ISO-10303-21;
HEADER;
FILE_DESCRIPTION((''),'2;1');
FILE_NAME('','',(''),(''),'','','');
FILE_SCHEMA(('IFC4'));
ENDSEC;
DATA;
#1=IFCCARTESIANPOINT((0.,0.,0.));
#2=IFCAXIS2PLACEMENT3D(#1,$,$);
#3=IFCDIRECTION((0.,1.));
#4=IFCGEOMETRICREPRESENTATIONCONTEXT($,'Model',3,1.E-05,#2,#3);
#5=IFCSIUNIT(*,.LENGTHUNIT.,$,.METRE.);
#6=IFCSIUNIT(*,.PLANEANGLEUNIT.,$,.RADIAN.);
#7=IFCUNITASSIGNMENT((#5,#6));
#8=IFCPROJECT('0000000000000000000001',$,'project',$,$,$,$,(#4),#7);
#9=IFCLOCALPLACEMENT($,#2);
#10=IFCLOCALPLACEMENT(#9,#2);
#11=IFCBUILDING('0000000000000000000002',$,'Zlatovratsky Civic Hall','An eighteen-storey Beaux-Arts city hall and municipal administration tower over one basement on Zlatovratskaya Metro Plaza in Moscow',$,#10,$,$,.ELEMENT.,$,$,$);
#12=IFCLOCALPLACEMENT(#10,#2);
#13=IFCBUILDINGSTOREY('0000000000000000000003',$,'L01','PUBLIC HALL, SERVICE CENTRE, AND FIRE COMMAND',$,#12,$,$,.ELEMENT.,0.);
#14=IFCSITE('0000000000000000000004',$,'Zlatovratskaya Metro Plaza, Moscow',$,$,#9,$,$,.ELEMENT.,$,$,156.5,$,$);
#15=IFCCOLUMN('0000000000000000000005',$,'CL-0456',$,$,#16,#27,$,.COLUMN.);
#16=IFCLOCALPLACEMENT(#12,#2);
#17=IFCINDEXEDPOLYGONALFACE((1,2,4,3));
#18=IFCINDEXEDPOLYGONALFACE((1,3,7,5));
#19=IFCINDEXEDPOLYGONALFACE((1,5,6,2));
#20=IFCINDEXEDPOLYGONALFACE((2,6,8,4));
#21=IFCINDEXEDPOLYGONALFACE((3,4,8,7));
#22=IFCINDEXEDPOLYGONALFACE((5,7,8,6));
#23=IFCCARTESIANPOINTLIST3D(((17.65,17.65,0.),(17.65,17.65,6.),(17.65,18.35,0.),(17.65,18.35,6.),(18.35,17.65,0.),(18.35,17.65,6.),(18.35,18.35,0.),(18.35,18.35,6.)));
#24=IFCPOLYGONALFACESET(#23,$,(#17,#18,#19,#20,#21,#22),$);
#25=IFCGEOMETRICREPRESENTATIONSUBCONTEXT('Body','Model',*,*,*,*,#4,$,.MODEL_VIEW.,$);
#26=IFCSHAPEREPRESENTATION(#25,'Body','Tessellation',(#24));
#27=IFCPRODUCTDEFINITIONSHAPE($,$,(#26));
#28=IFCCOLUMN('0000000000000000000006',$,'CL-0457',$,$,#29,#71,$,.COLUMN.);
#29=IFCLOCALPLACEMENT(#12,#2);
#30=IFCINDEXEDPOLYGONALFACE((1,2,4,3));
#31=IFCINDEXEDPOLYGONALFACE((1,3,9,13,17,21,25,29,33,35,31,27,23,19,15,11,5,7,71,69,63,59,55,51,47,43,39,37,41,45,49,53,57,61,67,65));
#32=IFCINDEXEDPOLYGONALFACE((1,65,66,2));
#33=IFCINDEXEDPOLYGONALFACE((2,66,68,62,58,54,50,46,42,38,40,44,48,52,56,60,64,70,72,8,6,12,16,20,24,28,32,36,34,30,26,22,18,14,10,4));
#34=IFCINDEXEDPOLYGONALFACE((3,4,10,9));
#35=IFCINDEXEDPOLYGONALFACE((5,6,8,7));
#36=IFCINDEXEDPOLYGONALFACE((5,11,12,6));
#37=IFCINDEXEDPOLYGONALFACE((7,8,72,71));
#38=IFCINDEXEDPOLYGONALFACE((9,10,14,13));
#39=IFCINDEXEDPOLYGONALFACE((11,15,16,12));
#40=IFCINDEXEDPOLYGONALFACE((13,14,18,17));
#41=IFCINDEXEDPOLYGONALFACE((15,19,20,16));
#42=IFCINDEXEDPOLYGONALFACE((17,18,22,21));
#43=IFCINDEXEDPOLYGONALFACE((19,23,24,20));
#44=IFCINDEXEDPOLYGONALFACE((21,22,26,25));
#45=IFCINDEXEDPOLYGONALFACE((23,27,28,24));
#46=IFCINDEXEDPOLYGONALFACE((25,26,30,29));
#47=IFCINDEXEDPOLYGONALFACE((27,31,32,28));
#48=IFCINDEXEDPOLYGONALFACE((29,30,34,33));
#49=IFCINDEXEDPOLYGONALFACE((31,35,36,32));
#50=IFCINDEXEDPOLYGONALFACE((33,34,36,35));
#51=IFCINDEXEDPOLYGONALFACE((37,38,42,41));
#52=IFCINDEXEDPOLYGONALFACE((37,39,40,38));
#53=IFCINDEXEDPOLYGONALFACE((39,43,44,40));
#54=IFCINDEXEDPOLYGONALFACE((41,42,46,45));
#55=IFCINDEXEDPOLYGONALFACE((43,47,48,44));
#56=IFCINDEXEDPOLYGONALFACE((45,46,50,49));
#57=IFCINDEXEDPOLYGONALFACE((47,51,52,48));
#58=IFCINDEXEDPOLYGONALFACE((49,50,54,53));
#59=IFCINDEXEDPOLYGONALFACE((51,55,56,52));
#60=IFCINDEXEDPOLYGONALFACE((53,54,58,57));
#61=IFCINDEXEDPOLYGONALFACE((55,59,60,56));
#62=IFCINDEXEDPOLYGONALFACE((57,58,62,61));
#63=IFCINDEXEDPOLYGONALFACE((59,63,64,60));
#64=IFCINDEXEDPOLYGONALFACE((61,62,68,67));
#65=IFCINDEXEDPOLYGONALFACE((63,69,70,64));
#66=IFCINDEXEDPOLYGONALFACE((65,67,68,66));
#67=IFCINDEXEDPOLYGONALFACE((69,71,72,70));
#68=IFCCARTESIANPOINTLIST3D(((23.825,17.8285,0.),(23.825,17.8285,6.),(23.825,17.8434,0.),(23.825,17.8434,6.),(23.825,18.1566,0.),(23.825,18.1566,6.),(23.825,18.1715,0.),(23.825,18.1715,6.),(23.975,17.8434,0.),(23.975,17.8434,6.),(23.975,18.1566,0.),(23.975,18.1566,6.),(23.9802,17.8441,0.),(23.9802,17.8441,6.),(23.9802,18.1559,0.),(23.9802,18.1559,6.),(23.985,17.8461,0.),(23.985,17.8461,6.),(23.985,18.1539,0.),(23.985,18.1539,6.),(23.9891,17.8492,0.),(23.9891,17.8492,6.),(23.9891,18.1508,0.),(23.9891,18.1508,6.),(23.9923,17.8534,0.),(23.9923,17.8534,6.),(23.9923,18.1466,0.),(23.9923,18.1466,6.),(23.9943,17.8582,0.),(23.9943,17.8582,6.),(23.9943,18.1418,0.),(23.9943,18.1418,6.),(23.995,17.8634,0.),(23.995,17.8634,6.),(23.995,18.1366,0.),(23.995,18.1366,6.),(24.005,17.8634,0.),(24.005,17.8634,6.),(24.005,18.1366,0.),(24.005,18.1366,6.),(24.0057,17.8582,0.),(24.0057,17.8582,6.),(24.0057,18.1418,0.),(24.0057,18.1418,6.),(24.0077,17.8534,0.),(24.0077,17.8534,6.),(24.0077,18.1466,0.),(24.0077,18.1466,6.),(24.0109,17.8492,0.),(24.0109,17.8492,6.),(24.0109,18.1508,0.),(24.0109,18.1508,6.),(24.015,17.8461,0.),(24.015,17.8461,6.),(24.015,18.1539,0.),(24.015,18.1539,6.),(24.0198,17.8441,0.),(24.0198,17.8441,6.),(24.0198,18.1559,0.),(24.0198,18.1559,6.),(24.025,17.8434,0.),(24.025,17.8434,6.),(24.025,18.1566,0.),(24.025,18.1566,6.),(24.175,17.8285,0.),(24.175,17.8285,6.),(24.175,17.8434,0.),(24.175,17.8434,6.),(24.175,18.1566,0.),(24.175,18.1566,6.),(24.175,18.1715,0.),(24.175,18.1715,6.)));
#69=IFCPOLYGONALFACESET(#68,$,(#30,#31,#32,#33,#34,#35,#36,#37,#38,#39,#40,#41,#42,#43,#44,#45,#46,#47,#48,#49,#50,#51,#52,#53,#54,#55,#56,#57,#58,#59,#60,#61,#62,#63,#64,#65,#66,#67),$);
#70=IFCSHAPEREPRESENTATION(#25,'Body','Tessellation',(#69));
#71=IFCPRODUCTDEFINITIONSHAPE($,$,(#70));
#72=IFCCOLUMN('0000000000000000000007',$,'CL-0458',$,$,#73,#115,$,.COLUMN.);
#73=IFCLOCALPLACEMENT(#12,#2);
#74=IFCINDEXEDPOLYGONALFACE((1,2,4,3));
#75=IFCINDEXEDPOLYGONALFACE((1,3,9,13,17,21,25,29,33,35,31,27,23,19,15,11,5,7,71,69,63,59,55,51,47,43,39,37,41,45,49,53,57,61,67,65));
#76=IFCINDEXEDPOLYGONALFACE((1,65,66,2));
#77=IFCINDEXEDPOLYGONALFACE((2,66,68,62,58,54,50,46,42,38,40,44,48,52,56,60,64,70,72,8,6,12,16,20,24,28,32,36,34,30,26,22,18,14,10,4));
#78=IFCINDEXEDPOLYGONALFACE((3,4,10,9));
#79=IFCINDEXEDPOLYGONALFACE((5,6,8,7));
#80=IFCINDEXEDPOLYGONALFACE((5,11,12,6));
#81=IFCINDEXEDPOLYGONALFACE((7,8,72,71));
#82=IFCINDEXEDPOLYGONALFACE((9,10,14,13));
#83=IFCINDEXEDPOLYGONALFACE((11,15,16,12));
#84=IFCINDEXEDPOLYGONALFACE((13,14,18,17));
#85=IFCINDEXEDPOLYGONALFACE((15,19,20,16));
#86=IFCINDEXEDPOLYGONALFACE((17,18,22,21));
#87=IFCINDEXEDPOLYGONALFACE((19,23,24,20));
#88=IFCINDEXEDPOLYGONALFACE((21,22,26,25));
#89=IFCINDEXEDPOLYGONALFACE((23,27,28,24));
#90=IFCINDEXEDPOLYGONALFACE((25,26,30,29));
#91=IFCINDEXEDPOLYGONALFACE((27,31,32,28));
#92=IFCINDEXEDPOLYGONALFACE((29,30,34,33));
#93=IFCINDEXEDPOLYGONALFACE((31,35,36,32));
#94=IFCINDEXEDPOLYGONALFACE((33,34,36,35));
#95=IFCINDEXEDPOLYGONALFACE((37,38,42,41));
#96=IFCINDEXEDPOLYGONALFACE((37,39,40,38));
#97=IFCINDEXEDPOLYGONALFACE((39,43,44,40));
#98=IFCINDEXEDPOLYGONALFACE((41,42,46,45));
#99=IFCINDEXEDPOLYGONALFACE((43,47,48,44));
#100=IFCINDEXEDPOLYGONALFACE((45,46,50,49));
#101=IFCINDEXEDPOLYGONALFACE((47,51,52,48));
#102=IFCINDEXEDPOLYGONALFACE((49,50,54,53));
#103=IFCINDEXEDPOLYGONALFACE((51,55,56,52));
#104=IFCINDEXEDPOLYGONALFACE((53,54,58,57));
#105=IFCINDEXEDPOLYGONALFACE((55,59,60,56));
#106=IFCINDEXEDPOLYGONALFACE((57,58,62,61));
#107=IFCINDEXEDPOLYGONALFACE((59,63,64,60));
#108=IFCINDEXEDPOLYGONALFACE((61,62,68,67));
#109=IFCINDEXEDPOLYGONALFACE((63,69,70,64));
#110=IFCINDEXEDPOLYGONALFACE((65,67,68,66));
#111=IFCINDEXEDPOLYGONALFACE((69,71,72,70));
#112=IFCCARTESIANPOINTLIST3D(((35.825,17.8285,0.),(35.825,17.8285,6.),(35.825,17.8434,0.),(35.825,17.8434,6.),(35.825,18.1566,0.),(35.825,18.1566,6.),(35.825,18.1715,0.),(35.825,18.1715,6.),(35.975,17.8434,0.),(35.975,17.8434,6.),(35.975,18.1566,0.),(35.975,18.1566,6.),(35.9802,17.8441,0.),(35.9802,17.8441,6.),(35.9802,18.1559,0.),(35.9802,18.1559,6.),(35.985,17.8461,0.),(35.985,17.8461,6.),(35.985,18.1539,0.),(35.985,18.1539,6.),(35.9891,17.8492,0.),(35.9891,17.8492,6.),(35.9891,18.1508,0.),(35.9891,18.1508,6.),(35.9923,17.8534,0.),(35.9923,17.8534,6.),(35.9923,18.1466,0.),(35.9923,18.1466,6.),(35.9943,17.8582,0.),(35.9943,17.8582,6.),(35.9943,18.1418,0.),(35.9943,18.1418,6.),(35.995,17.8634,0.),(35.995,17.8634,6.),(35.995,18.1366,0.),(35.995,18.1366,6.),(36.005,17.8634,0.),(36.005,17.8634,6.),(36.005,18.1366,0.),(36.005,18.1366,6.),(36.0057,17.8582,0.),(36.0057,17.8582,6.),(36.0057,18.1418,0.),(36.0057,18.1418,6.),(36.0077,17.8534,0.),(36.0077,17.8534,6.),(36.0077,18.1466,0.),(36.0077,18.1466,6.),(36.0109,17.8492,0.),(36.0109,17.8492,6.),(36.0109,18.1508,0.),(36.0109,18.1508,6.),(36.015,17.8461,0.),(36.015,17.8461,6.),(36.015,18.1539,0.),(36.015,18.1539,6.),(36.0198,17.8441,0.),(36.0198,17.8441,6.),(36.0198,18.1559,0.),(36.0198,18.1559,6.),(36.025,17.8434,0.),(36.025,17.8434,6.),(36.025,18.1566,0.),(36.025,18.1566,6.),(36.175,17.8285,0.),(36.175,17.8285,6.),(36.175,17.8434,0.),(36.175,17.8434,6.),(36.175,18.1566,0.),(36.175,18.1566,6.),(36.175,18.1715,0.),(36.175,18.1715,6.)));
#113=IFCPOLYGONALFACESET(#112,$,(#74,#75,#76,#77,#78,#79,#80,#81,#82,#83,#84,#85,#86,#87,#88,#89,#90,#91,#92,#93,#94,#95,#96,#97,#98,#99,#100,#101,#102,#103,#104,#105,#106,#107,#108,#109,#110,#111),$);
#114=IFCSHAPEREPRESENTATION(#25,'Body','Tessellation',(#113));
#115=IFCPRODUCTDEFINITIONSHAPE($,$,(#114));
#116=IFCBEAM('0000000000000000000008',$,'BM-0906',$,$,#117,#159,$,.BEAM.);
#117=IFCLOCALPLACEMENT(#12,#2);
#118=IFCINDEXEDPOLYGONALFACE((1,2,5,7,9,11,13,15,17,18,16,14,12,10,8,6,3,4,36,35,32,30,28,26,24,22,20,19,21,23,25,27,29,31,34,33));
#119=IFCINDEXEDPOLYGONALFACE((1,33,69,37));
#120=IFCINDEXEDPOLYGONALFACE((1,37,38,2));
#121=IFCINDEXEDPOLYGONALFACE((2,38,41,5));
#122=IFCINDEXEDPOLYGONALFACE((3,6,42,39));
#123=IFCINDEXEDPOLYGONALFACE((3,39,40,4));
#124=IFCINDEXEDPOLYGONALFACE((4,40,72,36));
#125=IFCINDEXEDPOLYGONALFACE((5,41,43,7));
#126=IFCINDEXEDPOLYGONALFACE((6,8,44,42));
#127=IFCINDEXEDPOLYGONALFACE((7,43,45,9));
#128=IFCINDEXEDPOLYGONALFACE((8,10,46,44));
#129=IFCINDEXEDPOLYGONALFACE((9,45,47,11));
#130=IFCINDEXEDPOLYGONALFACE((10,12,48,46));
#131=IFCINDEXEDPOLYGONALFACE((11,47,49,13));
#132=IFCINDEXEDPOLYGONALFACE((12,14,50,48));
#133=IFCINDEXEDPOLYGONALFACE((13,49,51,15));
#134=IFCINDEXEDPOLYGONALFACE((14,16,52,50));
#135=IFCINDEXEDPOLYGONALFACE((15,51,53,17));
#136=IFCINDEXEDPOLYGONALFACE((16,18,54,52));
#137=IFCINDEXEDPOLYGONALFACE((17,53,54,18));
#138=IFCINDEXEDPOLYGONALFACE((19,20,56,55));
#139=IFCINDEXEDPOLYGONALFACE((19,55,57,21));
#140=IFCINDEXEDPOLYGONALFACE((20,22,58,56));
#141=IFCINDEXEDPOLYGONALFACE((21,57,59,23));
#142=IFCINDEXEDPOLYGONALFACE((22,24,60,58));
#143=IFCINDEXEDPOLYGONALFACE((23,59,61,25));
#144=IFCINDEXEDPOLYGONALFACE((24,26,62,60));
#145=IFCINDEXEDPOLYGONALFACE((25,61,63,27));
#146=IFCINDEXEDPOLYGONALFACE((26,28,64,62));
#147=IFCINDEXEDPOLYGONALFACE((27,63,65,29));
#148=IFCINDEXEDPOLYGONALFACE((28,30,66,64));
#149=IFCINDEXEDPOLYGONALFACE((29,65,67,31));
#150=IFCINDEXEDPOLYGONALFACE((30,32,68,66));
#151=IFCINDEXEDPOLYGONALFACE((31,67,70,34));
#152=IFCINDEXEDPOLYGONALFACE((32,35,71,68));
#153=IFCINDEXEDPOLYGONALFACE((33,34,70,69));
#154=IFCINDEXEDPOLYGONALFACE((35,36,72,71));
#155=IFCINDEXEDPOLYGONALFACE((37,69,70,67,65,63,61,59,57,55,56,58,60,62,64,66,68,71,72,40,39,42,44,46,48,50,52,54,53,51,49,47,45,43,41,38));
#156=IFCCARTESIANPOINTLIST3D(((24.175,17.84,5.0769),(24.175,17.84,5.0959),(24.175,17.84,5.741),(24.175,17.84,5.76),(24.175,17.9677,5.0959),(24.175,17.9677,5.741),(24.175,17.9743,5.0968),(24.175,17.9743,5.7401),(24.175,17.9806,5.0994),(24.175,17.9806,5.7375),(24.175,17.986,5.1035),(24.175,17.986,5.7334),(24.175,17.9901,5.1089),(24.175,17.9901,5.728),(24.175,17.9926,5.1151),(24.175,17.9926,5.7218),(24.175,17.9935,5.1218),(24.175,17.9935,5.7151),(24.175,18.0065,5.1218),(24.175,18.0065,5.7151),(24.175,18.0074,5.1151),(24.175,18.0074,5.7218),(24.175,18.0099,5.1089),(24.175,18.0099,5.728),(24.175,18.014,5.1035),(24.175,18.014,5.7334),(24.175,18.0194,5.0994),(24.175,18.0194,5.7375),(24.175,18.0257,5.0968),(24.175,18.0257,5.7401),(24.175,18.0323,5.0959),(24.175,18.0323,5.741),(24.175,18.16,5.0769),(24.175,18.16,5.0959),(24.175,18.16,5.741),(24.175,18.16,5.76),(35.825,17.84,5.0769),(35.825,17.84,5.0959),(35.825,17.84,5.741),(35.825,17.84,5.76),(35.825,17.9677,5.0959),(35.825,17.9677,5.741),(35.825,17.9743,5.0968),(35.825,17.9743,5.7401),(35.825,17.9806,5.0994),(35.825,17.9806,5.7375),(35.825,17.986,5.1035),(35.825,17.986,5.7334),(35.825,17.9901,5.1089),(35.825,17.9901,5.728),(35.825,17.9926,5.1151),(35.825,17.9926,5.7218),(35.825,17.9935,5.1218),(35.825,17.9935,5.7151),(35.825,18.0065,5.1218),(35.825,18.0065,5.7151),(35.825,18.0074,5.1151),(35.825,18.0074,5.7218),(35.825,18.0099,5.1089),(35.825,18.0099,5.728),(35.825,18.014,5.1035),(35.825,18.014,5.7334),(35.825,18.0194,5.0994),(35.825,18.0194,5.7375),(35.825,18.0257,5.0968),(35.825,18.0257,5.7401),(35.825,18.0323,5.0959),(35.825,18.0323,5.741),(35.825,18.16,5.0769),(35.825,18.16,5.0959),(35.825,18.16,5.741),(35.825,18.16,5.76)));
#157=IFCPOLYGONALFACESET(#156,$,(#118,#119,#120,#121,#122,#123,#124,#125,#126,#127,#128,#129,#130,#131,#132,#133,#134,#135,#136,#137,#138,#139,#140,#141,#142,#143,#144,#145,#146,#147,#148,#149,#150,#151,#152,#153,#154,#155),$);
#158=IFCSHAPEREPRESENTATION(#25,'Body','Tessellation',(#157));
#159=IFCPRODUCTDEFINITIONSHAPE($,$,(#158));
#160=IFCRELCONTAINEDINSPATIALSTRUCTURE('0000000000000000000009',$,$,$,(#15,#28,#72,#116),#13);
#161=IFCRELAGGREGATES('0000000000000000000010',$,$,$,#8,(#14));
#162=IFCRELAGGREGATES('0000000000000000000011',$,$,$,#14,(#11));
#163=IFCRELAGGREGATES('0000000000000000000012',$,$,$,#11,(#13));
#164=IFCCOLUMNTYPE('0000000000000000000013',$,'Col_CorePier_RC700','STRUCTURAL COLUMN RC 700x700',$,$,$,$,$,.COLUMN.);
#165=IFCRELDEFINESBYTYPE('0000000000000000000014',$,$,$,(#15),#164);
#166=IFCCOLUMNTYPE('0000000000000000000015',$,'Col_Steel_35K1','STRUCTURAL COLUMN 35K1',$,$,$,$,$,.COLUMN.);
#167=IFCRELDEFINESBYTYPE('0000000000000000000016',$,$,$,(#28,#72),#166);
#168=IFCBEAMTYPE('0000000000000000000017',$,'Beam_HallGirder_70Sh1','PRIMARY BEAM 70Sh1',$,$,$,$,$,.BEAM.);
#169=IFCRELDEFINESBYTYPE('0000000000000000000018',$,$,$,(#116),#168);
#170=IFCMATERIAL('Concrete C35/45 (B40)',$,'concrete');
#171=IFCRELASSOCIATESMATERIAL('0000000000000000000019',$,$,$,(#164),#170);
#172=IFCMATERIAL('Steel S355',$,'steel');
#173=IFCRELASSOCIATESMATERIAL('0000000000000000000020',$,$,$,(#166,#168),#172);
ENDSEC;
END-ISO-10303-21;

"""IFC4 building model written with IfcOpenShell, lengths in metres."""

from ifc_helpers import new_model, si_unit, direction, frame, origin, origin_2d, place, context, subcontext, project, spatial, rectangle, i_section, extrude, material, material_profile, profile_set, type_object, element, save


model = new_model("IFC4")

# Units and contexts
model_context = context("Model", 3, precision=1e-05, world=origin(), true_north=direction((0.0, 1.0)))
body_context = subcontext(model_context, "Body", "Model", "MODEL_VIEW")
ifc_project = project(units=[si_unit("LENGTHUNIT", "METRE"), si_unit("PLANEANGLEUNIT", "RADIAN")], contexts=[model_context])

# Site, building, storey
site_placement = place(None, origin())
site = spatial("IfcSite", under=ifc_project, at=site_placement, Name="Zlatovratskaya Metro Plaza, Moscow", CompositionType="ELEMENT", RefElevation=156.5)
building_placement = place(site_placement, origin())
building = spatial("IfcBuilding", under=site, at=building_placement, Name="Zlatovratsky Civic Hall", Description="An eighteen-storey Beaux-Arts city hall and municipal administration tower over one basement on Zlatovratskaya Metro Plaza in Moscow", CompositionType="ELEMENT")
storey_placement = place(building_placement, origin())
storey = spatial("IfcBuildingStorey", under=building, at=storey_placement, Name="L01", Description="PUBLIC HALL, SERVICE CENTRE, AND FIRE COMMAND", CompositionType="ELEMENT", Elevation=0.0)

# Columns
ifc_material_1 = material(Name="Concrete C35/45 (B40)", Category="concrete")
ifc_material_profile_1 = material_profile(ifc_material_1, rectangle(XDim=0.7, YDim=0.7, at=origin_2d()), Name="RC 700x700")
ifc_profile_set_1 = profile_set([ifc_material_profile_1], Name="Concrete C35/45 (B40)")
column_type_1 = type_object("IfcColumnType", Name="Col_CorePier_RC700", Description="STRUCTURAL COLUMN RC 700x700", PredefinedType="COLUMN", material=ifc_profile_set_1)
column_placement = place(storey_placement, frame((18.0, 18.0, 0.0), z_axis=(0.0, 0.0, 1.0), x_axis=(1.0, 0.0, 0.0)))
element("IfcColumn", 1, at=column_placement, inside=storey, type_object=column_type_1, Name="CL-0456", PredefinedType="COLUMN", context=body_context, shape_type="SweptSolid", body=[
    extrude(rectangle(XDim=0.7, YDim=0.7, at=origin_2d()), origin(), (0.0, 0.0, 1.0), 6.0),
])
ifc_material_2 = material(Name="Steel S355", Category="steel")
ifc_material_profile_2 = material_profile(ifc_material_2, i_section(OverallWidth=0.3501, OverallDepth=0.343, WebThickness=0.01, FlangeThickness=0.0149, FilletRadius=0.02, at=origin_2d()), Name="35K1")
ifc_profile_set_2 = profile_set([ifc_material_profile_2], Name="Steel S355")
column_type_2 = type_object("IfcColumnType", Name="Col_Steel_35K1", Description="STRUCTURAL COLUMN 35K1", PredefinedType="COLUMN", material=ifc_profile_set_2)
for number, where, z_axis, x_axis, name in (
    (2, (24.0, 18.0, 0.0), (0.0, 0.0, 1.0), (1.0, 0.0, 0.0), "CL-0457"),
    (3, (36.0, 18.0, 0.0), (0.0, 0.0, 1.0), (1.0, 0.0, 0.0), "CL-0458"),
):
    element("IfcColumn", number, at=place(storey_placement, frame(where, z_axis=z_axis, x_axis=x_axis)), inside=storey, type_object=column_type_2, Name=name, PredefinedType="COLUMN", context=body_context, shape_type="SweptSolid", body=[
        extrude(i_section(OverallWidth=0.3501, OverallDepth=0.343, WebThickness=0.01, FlangeThickness=0.0149, FilletRadius=0.02, at=origin_2d()), origin(), (0.0, 0.0, 1.0), 6.0),
    ])

# Beam
ifc_material_profile_3 = material_profile(ifc_material_2, i_section(OverallWidth=0.3201, OverallDepth=0.6831, WebThickness=0.0129, FlangeThickness=0.019, FilletRadius=0.0259, at=origin_2d()), Name="70Sh1")
ifc_profile_set_3 = profile_set([ifc_material_profile_3], Name="Steel S355")
beam_type_1 = type_object("IfcBeamType", Name="Beam_HallGirder_70Sh1", Description="PRIMARY BEAM 70Sh1", PredefinedType="BEAM", material=ifc_profile_set_3)
for number, where, z_axis, x_axis, name in (
    (4, (24.175, 18.0, 5.4185), (1.0, 0.0, 0.0), (0.0, 1.0, 0.0), "BM-0906"),
):
    element("IfcBeam", number, at=place(storey_placement, frame(where, z_axis=z_axis, x_axis=x_axis)), inside=storey, type_object=beam_type_1, Name=name, PredefinedType="BEAM", context=body_context, shape_type="SweptSolid", body=[
        extrude(i_section(OverallWidth=0.3201, OverallDepth=0.6831, WebThickness=0.0129, FlangeThickness=0.019, FilletRadius=0.0259, at=origin_2d()), origin(), (0.0, 0.0, 1.0), 11.6499),
    ])

save(model, "model.ifc")
